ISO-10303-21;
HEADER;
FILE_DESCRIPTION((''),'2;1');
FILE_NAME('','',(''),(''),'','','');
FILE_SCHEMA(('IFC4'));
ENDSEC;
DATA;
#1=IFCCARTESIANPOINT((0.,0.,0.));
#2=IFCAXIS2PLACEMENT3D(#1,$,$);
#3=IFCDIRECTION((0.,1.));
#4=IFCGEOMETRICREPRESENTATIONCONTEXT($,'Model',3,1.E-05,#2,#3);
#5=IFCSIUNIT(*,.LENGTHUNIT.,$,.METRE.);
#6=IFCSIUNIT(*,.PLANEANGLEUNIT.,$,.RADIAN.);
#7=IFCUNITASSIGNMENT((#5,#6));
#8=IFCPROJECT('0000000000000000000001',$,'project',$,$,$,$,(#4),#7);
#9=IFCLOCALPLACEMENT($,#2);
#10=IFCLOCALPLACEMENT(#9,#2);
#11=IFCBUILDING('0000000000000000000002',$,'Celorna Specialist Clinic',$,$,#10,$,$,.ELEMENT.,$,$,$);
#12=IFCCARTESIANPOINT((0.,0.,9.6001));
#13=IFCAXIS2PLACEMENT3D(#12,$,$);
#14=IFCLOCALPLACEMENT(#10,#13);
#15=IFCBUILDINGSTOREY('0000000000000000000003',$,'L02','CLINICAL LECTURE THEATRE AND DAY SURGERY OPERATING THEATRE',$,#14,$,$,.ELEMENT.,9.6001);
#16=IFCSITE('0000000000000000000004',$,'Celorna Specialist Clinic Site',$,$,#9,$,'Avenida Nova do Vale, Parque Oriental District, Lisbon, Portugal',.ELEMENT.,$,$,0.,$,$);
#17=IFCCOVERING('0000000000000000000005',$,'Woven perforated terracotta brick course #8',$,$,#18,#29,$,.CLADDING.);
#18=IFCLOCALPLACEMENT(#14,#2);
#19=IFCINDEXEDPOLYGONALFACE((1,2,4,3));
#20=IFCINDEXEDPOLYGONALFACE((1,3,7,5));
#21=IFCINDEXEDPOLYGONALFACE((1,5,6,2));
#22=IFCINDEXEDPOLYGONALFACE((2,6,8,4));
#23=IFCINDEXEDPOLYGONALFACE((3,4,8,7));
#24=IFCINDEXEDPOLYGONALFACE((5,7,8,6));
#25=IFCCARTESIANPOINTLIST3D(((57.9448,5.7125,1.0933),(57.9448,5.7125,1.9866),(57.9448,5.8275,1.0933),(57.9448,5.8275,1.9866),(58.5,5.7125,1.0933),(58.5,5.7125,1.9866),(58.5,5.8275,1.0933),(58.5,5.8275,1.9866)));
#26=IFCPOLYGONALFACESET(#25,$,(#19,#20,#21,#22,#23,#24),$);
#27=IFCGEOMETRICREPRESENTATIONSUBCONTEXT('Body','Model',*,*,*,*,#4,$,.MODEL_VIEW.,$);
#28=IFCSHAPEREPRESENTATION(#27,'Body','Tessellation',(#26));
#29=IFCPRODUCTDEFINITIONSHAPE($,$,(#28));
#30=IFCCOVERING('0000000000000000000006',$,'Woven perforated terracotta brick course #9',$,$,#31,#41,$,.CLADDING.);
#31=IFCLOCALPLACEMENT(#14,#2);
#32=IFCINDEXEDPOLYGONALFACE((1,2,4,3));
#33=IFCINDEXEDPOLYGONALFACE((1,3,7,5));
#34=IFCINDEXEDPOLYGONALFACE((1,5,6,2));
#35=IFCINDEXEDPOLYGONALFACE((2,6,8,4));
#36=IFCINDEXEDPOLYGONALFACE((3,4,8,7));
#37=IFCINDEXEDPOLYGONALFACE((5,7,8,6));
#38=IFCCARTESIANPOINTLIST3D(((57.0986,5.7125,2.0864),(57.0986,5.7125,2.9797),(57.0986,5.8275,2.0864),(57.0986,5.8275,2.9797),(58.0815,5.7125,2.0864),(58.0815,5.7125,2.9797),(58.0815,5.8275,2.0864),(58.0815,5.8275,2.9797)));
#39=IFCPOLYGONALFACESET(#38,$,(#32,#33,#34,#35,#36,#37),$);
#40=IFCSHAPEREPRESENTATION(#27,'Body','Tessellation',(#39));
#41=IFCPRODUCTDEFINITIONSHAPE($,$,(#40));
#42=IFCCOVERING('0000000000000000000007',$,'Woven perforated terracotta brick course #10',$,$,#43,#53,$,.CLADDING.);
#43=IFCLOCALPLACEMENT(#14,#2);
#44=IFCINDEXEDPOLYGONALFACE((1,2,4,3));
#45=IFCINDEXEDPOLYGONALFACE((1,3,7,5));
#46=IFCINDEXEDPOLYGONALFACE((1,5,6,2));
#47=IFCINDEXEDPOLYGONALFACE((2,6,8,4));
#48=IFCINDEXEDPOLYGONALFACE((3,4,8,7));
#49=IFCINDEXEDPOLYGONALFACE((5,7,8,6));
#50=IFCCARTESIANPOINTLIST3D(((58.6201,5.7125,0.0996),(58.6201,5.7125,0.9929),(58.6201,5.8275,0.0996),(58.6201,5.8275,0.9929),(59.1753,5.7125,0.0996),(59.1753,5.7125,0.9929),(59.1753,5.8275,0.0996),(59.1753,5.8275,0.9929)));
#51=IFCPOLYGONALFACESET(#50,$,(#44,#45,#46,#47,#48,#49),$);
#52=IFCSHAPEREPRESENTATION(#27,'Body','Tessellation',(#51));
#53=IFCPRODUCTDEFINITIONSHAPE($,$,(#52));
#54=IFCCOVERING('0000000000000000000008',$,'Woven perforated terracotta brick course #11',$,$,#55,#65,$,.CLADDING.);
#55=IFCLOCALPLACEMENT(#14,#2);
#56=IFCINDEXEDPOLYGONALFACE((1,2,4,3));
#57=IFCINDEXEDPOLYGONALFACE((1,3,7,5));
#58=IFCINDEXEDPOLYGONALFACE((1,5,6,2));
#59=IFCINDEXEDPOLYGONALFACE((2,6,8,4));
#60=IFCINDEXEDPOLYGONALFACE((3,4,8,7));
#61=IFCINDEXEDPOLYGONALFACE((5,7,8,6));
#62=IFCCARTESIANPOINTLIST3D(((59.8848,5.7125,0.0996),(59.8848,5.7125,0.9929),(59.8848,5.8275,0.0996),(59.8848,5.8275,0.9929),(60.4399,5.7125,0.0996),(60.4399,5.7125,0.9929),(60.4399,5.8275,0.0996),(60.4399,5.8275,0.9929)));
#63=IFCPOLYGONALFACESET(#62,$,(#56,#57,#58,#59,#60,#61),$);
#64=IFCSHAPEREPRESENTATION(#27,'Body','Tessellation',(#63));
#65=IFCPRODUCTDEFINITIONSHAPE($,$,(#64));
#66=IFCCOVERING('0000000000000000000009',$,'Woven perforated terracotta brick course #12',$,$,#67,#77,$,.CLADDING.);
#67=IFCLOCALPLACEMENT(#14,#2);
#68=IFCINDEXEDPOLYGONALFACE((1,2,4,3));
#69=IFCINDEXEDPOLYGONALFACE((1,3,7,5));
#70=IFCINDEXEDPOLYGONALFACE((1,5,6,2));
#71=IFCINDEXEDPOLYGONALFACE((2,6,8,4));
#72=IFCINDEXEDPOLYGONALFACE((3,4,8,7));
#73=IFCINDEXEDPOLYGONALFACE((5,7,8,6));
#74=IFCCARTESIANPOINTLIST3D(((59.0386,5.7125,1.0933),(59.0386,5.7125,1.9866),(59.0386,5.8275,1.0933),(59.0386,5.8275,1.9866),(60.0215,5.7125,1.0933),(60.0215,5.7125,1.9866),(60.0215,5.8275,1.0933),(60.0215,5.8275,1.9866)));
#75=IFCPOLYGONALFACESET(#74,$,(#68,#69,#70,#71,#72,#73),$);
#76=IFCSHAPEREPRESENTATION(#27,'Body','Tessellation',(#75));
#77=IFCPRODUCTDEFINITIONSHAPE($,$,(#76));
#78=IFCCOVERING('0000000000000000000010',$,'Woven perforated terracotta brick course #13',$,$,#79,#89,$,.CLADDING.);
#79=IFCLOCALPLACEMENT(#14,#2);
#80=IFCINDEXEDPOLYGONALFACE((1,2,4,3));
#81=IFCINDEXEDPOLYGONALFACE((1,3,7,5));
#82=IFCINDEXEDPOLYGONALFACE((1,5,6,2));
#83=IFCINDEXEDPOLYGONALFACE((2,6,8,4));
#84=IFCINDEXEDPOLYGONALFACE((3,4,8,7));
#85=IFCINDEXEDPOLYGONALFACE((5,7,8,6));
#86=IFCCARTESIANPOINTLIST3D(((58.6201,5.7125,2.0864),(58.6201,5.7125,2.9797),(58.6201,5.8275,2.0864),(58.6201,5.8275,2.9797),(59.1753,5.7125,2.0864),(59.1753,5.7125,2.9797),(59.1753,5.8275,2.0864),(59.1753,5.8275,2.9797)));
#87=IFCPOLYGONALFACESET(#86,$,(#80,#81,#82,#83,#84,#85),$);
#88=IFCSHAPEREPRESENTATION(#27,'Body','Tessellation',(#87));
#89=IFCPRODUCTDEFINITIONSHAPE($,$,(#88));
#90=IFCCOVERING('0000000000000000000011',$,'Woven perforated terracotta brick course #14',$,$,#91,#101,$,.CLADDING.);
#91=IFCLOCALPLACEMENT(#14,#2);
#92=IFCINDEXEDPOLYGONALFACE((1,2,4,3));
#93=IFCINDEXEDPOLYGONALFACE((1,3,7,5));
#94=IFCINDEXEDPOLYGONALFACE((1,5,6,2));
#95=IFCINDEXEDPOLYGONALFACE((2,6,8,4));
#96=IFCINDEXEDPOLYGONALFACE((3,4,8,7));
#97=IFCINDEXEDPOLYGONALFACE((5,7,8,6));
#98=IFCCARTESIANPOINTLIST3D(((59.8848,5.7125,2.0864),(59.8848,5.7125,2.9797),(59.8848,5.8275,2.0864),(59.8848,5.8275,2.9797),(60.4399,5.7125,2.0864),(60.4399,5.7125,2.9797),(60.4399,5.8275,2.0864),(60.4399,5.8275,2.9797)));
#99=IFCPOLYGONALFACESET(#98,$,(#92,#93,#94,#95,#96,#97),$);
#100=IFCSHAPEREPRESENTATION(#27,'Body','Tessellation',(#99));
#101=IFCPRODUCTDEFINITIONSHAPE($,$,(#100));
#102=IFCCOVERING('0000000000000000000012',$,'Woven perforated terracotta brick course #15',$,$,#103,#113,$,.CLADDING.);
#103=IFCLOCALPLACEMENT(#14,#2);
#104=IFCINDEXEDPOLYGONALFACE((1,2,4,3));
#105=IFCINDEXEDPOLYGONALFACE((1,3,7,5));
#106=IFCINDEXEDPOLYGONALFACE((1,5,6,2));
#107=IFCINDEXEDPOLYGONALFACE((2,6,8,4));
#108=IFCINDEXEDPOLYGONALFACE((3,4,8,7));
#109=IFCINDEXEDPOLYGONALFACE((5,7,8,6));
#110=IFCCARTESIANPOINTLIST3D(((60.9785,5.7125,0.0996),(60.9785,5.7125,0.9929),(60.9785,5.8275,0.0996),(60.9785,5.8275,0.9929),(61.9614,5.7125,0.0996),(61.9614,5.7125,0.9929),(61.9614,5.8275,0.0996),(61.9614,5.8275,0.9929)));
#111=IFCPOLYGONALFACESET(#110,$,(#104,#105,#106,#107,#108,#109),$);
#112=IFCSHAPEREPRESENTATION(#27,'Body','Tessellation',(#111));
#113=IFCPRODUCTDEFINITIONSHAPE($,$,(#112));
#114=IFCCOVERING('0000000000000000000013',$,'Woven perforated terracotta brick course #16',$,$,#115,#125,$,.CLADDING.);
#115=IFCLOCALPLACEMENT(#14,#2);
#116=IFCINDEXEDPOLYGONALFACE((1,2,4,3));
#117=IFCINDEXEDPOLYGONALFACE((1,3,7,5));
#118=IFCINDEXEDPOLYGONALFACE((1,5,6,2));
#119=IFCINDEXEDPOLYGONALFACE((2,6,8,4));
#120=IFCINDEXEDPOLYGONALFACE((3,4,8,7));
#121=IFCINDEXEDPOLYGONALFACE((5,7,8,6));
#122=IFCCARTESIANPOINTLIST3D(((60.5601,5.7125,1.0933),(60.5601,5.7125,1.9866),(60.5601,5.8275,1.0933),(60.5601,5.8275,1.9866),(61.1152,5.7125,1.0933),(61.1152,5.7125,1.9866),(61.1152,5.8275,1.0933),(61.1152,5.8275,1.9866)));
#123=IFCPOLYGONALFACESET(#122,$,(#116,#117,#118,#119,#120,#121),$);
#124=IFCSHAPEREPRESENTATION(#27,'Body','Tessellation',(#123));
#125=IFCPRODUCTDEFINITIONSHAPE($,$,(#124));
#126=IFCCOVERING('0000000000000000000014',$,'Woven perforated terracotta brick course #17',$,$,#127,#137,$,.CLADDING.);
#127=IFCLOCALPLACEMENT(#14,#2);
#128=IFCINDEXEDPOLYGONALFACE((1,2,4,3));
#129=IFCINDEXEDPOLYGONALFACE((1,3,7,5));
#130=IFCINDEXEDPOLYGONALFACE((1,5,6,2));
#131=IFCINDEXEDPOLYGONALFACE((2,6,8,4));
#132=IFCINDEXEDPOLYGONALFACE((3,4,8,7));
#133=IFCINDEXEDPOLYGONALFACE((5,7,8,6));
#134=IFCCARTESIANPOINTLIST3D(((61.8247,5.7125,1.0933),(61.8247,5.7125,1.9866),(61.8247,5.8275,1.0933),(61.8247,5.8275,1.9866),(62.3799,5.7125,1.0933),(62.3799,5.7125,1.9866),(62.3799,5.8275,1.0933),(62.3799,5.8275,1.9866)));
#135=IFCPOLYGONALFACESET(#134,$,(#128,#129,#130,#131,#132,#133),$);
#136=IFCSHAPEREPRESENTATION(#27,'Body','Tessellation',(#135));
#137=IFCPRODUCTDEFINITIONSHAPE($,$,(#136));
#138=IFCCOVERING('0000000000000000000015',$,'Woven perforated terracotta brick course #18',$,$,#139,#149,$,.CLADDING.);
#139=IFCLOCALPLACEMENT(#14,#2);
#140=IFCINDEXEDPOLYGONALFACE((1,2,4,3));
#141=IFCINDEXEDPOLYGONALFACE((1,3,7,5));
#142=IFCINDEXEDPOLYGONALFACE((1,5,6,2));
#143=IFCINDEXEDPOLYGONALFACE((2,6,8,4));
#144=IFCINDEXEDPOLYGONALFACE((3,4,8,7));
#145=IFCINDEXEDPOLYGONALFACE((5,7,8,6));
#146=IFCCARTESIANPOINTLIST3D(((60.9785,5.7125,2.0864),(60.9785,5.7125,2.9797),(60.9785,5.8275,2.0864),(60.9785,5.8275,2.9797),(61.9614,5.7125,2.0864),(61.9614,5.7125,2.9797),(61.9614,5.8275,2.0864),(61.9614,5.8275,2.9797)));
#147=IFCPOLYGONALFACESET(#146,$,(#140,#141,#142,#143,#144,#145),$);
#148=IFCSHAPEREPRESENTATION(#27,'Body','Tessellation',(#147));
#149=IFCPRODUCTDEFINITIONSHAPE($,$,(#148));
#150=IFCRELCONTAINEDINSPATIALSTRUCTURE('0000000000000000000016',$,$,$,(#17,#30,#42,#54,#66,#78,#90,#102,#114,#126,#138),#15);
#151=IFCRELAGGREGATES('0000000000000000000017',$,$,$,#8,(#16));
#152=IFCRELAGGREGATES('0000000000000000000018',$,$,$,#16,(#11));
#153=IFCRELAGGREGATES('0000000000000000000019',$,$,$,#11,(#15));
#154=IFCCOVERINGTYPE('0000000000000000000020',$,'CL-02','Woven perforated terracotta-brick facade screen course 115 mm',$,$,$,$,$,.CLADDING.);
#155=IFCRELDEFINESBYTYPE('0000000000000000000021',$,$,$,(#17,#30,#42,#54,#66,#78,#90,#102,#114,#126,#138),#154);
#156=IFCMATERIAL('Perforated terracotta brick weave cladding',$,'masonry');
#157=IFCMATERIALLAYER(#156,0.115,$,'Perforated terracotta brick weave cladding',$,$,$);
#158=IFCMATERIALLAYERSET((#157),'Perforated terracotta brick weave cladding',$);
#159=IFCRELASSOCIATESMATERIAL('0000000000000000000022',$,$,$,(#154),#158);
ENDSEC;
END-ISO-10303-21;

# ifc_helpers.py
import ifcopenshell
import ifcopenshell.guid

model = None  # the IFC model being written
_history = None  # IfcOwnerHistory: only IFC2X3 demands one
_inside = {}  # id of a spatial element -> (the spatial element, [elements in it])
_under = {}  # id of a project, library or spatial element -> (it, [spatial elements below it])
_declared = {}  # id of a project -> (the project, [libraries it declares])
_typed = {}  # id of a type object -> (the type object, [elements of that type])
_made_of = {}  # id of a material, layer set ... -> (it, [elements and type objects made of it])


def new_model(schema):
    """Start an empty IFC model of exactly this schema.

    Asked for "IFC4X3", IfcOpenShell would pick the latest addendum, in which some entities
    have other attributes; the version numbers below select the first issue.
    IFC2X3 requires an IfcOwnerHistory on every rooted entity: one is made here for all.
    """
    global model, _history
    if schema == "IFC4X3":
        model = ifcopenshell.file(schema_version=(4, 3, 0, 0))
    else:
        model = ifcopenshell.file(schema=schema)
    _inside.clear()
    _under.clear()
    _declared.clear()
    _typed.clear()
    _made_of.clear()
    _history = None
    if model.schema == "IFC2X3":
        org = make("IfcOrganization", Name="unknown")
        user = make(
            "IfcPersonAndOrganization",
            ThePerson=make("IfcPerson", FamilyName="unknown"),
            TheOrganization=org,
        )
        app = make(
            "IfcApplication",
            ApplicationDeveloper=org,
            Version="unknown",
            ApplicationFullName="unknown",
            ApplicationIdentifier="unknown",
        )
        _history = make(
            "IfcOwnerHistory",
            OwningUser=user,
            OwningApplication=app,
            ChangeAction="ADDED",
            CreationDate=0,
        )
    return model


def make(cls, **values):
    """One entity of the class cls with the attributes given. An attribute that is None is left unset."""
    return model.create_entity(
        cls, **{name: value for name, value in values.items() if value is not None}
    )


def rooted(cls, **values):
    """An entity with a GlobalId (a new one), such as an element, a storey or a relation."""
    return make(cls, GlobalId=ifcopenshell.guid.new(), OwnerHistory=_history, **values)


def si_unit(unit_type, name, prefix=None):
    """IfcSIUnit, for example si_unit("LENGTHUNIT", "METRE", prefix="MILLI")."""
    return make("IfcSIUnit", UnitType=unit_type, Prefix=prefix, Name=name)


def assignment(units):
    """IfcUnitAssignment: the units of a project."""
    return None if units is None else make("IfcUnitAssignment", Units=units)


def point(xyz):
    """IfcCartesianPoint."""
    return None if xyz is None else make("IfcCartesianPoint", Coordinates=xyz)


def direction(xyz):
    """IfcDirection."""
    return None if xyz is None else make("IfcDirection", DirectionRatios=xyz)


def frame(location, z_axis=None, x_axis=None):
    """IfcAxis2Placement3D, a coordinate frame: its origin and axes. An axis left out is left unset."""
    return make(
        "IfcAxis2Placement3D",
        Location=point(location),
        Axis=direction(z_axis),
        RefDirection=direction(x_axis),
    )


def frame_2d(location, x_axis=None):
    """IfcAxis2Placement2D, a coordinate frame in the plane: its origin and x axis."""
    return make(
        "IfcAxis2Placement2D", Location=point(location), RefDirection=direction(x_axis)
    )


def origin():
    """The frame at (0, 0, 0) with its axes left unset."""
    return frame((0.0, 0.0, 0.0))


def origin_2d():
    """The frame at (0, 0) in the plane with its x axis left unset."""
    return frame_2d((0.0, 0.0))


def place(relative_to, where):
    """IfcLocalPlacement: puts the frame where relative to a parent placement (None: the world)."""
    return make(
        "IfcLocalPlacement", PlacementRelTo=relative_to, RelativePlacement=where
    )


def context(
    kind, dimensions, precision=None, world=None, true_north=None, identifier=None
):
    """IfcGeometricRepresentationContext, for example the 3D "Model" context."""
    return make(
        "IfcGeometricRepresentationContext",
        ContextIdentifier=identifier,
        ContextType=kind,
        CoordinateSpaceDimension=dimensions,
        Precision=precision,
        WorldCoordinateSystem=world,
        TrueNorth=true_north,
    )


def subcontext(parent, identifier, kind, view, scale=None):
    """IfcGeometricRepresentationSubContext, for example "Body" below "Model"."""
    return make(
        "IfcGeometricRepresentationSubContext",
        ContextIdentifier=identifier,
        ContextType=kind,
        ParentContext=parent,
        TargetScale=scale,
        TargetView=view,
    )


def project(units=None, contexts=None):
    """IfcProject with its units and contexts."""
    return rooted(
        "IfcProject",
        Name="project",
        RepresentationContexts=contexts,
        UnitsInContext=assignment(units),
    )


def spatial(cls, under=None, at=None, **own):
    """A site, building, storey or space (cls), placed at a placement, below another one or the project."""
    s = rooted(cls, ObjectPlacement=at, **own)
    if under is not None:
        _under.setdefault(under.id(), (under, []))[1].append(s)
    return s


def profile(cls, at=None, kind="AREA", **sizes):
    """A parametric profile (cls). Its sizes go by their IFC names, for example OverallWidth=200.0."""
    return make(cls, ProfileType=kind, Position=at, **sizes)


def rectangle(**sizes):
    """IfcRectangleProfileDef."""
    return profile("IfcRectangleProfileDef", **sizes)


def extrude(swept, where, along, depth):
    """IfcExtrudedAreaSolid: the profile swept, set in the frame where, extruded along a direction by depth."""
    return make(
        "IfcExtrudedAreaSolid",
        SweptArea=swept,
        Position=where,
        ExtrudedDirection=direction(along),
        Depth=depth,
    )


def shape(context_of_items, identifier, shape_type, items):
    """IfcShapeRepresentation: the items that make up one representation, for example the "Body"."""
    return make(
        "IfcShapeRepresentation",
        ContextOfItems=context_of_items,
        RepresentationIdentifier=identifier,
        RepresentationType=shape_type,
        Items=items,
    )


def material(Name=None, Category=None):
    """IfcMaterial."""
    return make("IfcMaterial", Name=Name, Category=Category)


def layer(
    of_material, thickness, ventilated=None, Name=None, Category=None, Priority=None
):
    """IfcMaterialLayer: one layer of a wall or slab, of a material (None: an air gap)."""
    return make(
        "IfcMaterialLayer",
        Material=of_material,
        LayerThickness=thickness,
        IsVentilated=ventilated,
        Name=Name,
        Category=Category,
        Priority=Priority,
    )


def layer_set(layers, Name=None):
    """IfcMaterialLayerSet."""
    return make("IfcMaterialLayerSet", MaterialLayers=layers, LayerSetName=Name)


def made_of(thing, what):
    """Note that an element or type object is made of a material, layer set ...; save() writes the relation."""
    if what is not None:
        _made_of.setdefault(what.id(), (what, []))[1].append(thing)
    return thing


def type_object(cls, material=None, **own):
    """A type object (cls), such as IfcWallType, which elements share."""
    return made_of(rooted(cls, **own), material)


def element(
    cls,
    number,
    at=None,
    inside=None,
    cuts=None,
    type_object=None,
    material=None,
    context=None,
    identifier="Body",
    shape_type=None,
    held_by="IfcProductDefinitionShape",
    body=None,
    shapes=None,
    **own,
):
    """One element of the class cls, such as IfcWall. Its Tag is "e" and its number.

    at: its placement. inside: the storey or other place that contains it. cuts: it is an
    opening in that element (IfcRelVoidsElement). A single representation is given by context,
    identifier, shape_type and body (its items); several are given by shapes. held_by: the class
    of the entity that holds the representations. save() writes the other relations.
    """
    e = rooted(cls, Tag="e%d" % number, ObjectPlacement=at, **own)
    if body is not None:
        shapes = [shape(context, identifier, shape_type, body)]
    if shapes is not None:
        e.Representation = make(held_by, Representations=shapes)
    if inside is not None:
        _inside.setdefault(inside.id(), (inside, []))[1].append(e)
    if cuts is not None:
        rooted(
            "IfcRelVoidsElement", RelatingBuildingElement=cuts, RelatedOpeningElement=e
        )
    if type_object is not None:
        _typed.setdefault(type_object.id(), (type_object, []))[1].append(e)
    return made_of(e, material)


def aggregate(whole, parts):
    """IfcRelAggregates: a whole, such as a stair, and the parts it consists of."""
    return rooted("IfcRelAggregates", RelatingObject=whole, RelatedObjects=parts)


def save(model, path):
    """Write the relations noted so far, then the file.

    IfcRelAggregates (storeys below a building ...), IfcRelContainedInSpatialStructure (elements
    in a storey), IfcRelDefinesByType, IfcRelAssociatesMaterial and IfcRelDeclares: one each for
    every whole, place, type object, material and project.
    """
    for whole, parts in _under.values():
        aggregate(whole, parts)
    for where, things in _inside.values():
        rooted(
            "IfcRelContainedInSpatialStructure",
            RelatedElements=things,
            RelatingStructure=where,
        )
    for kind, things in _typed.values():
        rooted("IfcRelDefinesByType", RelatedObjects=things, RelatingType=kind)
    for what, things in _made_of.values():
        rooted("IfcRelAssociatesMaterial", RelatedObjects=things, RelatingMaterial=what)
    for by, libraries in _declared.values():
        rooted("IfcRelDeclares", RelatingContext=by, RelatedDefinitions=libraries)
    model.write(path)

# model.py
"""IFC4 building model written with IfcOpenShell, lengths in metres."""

from ifc_helpers import new_model, si_unit, direction, frame, origin, origin_2d, place, context, subcontext, project, spatial, rectangle, extrude, material, layer, layer_set, type_object, element, save


model = new_model("IFC4")

# Units and contexts
model_context = context("Model", 3, precision=1e-05, world=origin(), true_north=direction((0.0, 1.0)))
body_context = subcontext(model_context, "Body", "Model", "MODEL_VIEW")
ifc_project = project(units=[si_unit("LENGTHUNIT", "METRE"), si_unit("PLANEANGLEUNIT", "RADIAN")], contexts=[model_context])

# Site, building, storey
site_placement = place(None, origin())
site = spatial("IfcSite", under=ifc_project, at=site_placement, Name="Celorna Specialist Clinic Site", LongName="Avenida Nova do Vale, Parque Oriental District, Lisbon, Portugal", CompositionType="ELEMENT", RefElevation=0.0)
building_placement = place(site_placement, origin())
building = spatial("IfcBuilding", under=site, at=building_placement, Name="Celorna Specialist Clinic", CompositionType="ELEMENT")
storey_placement = place(building_placement, frame((0.0, 0.0, 9.6001)))
storey = spatial("IfcBuildingStorey", under=building, at=storey_placement, Name="L02", Description="CLINICAL LECTURE THEATRE AND DAY SURGERY OPERATING THEATRE", CompositionType="ELEMENT", Elevation=9.6001)

# Coverings
ifc_material_1 = material(Name="Perforated terracotta brick weave cladding", Category="masonry")
ifc_layer_1 = layer(ifc_material_1, 0.115, Name="Perforated terracotta brick weave cladding")
ifc_layer_set_1 = layer_set([ifc_layer_1], Name="Perforated terracotta brick weave cladding")
covering_type = type_object("IfcCoveringType", Name="CL-02", Description="Woven perforated terracotta-brick facade screen course 115 mm", PredefinedType="CLADDING", material=ifc_layer_set_1)
for number, where, z_axis, x_axis, name in (
    (1, (58.2224, 5.77, 1.0933), (0.0, 0.0, 1.0), (1.0, 0.0, 0.0), "Woven perforated terracotta brick course #8"),
):
    element("IfcCovering", number, at=place(storey_placement, frame(where, z_axis=z_axis, x_axis=x_axis)), inside=storey, type_object=covering_type, Name=name, PredefinedType="CLADDING", context=body_context, shape_type="SweptSolid", body=[
        extrude(rectangle(XDim=0.5552, YDim=0.115, at=origin_2d()), origin(), (0.0, 0.0, 1.0), 0.8933),
    ])
covering_1_placement = place(storey_placement, frame((57.5901, 5.77, 2.0864), z_axis=(0.0, 0.0, 1.0), x_axis=(1.0, 0.0, 0.0)))
element("IfcCovering", 2, at=covering_1_placement, inside=storey, type_object=covering_type, Name="Woven perforated terracotta brick course #9", PredefinedType="CLADDING", context=body_context, shape_type="SweptSolid", body=[
    extrude(rectangle(XDim=0.9829, YDim=0.115, at=origin_2d()), origin(), (0.0, 0.0, 1.0), 0.8933),
])
for number, where, z_axis, x_axis, name in (
    (3, (58.8977, 5.77, 0.0996), (0.0, 0.0, 1.0), (1.0, 0.0, 0.0), "Woven perforated terracotta brick course #10"),
    (4, (60.1624, 5.77, 0.0996), (0.0, 0.0, 1.0), (1.0, 0.0, 0.0), "Woven perforated terracotta brick course #11"),
):
    element("IfcCovering", number, at=place(storey_placement, frame(where, z_axis=z_axis, x_axis=x_axis)), inside=storey, type_object=covering_type, Name=name, PredefinedType="CLADDING", context=body_context, shape_type="SweptSolid", body=[
        extrude(rectangle(XDim=0.5552, YDim=0.115, at=origin_2d()), origin(), (0.0, 0.0, 1.0), 0.8933),
    ])
covering_2_placement = place(storey_placement, frame((59.53, 5.77, 1.0933), z_axis=(0.0, 0.0, 1.0), x_axis=(1.0, 0.0, 0.0)))
element("IfcCovering", 5, at=covering_2_placement, inside=storey, type_object=covering_type, Name="Woven perforated terracotta brick course #12", PredefinedType="CLADDING", context=body_context, shape_type="SweptSolid", body=[
    extrude(rectangle(XDim=0.9829, YDim=0.115, at=origin_2d()), origin(), (0.0, 0.0, 1.0), 0.8933),
])
for number, where, z_axis, x_axis, name in (
    (6, (58.8977, 5.77, 2.0864), (0.0, 0.0, 1.0), (1.0, 0.0, 0.0), "Woven perforated terracotta brick course #13"),
    (7, (60.1624, 5.77, 2.0864), (0.0, 0.0, 1.0), (1.0, 0.0, 0.0), "Woven perforated terracotta brick course #14"),
):
    element("IfcCovering", number, at=place(storey_placement, frame(where, z_axis=z_axis, x_axis=x_axis)), inside=storey, type_object=covering_type, Name=name, PredefinedType="CLADDING", context=body_context, shape_type="SweptSolid", body=[
        extrude(rectangle(XDim=0.5552, YDim=0.115, at=origin_2d()), origin(), (0.0, 0.0, 1.0), 0.8933),
    ])
covering_3_placement = place(storey_placement, frame((61.47, 5.77, 0.0996), z_axis=(0.0, 0.0, 1.0), x_axis=(1.0, 0.0, 0.0)))
element("IfcCovering", 8, at=covering_3_placement, inside=storey, type_object=covering_type, Name="Woven perforated terracotta brick course #15", PredefinedType="CLADDING", context=body_context, shape_type="SweptSolid", body=[
    extrude(rectangle(XDim=0.9829, YDim=0.115, at=origin_2d()), origin(), (0.0, 0.0, 1.0), 0.8933),
])
for number, where, z_axis, x_axis, name in (
    (9, (60.8376, 5.77, 1.0933), (0.0, 0.0, 1.0), (1.0, 0.0, 0.0), "Woven perforated terracotta brick course #16"),
    (10, (62.1023, 5.77, 1.0933), (0.0, 0.0, 1.0), (1.0, 0.0, 0.0), "Woven perforated terracotta brick course #17"),
):
    element("IfcCovering", number, at=place(storey_placement, frame(where, z_axis=z_axis, x_axis=x_axis)), inside=storey, type_object=covering_type, Name=name, PredefinedType="CLADDING", context=body_context, shape_type="SweptSolid", body=[
        extrude(rectangle(XDim=0.5552, YDim=0.115, at=origin_2d()), origin(), (0.0, 0.0, 1.0), 0.8933),
    ])
covering_4_placement = place(storey_placement, frame((61.47, 5.77, 2.0864), z_axis=(0.0, 0.0, 1.0), x_axis=(1.0, 0.0, 0.0)))
element("IfcCovering", 11, at=covering_4_placement, inside=storey, type_object=covering_type, Name="Woven perforated terracotta brick course #18", PredefinedType="CLADDING", context=body_context, shape_type="SweptSolid", body=[
    extrude(rectangle(XDim=0.9829, YDim=0.115, at=origin_2d()), origin(), (0.0, 0.0, 1.0), 0.8933),
])

save(model, "model.ifc")
